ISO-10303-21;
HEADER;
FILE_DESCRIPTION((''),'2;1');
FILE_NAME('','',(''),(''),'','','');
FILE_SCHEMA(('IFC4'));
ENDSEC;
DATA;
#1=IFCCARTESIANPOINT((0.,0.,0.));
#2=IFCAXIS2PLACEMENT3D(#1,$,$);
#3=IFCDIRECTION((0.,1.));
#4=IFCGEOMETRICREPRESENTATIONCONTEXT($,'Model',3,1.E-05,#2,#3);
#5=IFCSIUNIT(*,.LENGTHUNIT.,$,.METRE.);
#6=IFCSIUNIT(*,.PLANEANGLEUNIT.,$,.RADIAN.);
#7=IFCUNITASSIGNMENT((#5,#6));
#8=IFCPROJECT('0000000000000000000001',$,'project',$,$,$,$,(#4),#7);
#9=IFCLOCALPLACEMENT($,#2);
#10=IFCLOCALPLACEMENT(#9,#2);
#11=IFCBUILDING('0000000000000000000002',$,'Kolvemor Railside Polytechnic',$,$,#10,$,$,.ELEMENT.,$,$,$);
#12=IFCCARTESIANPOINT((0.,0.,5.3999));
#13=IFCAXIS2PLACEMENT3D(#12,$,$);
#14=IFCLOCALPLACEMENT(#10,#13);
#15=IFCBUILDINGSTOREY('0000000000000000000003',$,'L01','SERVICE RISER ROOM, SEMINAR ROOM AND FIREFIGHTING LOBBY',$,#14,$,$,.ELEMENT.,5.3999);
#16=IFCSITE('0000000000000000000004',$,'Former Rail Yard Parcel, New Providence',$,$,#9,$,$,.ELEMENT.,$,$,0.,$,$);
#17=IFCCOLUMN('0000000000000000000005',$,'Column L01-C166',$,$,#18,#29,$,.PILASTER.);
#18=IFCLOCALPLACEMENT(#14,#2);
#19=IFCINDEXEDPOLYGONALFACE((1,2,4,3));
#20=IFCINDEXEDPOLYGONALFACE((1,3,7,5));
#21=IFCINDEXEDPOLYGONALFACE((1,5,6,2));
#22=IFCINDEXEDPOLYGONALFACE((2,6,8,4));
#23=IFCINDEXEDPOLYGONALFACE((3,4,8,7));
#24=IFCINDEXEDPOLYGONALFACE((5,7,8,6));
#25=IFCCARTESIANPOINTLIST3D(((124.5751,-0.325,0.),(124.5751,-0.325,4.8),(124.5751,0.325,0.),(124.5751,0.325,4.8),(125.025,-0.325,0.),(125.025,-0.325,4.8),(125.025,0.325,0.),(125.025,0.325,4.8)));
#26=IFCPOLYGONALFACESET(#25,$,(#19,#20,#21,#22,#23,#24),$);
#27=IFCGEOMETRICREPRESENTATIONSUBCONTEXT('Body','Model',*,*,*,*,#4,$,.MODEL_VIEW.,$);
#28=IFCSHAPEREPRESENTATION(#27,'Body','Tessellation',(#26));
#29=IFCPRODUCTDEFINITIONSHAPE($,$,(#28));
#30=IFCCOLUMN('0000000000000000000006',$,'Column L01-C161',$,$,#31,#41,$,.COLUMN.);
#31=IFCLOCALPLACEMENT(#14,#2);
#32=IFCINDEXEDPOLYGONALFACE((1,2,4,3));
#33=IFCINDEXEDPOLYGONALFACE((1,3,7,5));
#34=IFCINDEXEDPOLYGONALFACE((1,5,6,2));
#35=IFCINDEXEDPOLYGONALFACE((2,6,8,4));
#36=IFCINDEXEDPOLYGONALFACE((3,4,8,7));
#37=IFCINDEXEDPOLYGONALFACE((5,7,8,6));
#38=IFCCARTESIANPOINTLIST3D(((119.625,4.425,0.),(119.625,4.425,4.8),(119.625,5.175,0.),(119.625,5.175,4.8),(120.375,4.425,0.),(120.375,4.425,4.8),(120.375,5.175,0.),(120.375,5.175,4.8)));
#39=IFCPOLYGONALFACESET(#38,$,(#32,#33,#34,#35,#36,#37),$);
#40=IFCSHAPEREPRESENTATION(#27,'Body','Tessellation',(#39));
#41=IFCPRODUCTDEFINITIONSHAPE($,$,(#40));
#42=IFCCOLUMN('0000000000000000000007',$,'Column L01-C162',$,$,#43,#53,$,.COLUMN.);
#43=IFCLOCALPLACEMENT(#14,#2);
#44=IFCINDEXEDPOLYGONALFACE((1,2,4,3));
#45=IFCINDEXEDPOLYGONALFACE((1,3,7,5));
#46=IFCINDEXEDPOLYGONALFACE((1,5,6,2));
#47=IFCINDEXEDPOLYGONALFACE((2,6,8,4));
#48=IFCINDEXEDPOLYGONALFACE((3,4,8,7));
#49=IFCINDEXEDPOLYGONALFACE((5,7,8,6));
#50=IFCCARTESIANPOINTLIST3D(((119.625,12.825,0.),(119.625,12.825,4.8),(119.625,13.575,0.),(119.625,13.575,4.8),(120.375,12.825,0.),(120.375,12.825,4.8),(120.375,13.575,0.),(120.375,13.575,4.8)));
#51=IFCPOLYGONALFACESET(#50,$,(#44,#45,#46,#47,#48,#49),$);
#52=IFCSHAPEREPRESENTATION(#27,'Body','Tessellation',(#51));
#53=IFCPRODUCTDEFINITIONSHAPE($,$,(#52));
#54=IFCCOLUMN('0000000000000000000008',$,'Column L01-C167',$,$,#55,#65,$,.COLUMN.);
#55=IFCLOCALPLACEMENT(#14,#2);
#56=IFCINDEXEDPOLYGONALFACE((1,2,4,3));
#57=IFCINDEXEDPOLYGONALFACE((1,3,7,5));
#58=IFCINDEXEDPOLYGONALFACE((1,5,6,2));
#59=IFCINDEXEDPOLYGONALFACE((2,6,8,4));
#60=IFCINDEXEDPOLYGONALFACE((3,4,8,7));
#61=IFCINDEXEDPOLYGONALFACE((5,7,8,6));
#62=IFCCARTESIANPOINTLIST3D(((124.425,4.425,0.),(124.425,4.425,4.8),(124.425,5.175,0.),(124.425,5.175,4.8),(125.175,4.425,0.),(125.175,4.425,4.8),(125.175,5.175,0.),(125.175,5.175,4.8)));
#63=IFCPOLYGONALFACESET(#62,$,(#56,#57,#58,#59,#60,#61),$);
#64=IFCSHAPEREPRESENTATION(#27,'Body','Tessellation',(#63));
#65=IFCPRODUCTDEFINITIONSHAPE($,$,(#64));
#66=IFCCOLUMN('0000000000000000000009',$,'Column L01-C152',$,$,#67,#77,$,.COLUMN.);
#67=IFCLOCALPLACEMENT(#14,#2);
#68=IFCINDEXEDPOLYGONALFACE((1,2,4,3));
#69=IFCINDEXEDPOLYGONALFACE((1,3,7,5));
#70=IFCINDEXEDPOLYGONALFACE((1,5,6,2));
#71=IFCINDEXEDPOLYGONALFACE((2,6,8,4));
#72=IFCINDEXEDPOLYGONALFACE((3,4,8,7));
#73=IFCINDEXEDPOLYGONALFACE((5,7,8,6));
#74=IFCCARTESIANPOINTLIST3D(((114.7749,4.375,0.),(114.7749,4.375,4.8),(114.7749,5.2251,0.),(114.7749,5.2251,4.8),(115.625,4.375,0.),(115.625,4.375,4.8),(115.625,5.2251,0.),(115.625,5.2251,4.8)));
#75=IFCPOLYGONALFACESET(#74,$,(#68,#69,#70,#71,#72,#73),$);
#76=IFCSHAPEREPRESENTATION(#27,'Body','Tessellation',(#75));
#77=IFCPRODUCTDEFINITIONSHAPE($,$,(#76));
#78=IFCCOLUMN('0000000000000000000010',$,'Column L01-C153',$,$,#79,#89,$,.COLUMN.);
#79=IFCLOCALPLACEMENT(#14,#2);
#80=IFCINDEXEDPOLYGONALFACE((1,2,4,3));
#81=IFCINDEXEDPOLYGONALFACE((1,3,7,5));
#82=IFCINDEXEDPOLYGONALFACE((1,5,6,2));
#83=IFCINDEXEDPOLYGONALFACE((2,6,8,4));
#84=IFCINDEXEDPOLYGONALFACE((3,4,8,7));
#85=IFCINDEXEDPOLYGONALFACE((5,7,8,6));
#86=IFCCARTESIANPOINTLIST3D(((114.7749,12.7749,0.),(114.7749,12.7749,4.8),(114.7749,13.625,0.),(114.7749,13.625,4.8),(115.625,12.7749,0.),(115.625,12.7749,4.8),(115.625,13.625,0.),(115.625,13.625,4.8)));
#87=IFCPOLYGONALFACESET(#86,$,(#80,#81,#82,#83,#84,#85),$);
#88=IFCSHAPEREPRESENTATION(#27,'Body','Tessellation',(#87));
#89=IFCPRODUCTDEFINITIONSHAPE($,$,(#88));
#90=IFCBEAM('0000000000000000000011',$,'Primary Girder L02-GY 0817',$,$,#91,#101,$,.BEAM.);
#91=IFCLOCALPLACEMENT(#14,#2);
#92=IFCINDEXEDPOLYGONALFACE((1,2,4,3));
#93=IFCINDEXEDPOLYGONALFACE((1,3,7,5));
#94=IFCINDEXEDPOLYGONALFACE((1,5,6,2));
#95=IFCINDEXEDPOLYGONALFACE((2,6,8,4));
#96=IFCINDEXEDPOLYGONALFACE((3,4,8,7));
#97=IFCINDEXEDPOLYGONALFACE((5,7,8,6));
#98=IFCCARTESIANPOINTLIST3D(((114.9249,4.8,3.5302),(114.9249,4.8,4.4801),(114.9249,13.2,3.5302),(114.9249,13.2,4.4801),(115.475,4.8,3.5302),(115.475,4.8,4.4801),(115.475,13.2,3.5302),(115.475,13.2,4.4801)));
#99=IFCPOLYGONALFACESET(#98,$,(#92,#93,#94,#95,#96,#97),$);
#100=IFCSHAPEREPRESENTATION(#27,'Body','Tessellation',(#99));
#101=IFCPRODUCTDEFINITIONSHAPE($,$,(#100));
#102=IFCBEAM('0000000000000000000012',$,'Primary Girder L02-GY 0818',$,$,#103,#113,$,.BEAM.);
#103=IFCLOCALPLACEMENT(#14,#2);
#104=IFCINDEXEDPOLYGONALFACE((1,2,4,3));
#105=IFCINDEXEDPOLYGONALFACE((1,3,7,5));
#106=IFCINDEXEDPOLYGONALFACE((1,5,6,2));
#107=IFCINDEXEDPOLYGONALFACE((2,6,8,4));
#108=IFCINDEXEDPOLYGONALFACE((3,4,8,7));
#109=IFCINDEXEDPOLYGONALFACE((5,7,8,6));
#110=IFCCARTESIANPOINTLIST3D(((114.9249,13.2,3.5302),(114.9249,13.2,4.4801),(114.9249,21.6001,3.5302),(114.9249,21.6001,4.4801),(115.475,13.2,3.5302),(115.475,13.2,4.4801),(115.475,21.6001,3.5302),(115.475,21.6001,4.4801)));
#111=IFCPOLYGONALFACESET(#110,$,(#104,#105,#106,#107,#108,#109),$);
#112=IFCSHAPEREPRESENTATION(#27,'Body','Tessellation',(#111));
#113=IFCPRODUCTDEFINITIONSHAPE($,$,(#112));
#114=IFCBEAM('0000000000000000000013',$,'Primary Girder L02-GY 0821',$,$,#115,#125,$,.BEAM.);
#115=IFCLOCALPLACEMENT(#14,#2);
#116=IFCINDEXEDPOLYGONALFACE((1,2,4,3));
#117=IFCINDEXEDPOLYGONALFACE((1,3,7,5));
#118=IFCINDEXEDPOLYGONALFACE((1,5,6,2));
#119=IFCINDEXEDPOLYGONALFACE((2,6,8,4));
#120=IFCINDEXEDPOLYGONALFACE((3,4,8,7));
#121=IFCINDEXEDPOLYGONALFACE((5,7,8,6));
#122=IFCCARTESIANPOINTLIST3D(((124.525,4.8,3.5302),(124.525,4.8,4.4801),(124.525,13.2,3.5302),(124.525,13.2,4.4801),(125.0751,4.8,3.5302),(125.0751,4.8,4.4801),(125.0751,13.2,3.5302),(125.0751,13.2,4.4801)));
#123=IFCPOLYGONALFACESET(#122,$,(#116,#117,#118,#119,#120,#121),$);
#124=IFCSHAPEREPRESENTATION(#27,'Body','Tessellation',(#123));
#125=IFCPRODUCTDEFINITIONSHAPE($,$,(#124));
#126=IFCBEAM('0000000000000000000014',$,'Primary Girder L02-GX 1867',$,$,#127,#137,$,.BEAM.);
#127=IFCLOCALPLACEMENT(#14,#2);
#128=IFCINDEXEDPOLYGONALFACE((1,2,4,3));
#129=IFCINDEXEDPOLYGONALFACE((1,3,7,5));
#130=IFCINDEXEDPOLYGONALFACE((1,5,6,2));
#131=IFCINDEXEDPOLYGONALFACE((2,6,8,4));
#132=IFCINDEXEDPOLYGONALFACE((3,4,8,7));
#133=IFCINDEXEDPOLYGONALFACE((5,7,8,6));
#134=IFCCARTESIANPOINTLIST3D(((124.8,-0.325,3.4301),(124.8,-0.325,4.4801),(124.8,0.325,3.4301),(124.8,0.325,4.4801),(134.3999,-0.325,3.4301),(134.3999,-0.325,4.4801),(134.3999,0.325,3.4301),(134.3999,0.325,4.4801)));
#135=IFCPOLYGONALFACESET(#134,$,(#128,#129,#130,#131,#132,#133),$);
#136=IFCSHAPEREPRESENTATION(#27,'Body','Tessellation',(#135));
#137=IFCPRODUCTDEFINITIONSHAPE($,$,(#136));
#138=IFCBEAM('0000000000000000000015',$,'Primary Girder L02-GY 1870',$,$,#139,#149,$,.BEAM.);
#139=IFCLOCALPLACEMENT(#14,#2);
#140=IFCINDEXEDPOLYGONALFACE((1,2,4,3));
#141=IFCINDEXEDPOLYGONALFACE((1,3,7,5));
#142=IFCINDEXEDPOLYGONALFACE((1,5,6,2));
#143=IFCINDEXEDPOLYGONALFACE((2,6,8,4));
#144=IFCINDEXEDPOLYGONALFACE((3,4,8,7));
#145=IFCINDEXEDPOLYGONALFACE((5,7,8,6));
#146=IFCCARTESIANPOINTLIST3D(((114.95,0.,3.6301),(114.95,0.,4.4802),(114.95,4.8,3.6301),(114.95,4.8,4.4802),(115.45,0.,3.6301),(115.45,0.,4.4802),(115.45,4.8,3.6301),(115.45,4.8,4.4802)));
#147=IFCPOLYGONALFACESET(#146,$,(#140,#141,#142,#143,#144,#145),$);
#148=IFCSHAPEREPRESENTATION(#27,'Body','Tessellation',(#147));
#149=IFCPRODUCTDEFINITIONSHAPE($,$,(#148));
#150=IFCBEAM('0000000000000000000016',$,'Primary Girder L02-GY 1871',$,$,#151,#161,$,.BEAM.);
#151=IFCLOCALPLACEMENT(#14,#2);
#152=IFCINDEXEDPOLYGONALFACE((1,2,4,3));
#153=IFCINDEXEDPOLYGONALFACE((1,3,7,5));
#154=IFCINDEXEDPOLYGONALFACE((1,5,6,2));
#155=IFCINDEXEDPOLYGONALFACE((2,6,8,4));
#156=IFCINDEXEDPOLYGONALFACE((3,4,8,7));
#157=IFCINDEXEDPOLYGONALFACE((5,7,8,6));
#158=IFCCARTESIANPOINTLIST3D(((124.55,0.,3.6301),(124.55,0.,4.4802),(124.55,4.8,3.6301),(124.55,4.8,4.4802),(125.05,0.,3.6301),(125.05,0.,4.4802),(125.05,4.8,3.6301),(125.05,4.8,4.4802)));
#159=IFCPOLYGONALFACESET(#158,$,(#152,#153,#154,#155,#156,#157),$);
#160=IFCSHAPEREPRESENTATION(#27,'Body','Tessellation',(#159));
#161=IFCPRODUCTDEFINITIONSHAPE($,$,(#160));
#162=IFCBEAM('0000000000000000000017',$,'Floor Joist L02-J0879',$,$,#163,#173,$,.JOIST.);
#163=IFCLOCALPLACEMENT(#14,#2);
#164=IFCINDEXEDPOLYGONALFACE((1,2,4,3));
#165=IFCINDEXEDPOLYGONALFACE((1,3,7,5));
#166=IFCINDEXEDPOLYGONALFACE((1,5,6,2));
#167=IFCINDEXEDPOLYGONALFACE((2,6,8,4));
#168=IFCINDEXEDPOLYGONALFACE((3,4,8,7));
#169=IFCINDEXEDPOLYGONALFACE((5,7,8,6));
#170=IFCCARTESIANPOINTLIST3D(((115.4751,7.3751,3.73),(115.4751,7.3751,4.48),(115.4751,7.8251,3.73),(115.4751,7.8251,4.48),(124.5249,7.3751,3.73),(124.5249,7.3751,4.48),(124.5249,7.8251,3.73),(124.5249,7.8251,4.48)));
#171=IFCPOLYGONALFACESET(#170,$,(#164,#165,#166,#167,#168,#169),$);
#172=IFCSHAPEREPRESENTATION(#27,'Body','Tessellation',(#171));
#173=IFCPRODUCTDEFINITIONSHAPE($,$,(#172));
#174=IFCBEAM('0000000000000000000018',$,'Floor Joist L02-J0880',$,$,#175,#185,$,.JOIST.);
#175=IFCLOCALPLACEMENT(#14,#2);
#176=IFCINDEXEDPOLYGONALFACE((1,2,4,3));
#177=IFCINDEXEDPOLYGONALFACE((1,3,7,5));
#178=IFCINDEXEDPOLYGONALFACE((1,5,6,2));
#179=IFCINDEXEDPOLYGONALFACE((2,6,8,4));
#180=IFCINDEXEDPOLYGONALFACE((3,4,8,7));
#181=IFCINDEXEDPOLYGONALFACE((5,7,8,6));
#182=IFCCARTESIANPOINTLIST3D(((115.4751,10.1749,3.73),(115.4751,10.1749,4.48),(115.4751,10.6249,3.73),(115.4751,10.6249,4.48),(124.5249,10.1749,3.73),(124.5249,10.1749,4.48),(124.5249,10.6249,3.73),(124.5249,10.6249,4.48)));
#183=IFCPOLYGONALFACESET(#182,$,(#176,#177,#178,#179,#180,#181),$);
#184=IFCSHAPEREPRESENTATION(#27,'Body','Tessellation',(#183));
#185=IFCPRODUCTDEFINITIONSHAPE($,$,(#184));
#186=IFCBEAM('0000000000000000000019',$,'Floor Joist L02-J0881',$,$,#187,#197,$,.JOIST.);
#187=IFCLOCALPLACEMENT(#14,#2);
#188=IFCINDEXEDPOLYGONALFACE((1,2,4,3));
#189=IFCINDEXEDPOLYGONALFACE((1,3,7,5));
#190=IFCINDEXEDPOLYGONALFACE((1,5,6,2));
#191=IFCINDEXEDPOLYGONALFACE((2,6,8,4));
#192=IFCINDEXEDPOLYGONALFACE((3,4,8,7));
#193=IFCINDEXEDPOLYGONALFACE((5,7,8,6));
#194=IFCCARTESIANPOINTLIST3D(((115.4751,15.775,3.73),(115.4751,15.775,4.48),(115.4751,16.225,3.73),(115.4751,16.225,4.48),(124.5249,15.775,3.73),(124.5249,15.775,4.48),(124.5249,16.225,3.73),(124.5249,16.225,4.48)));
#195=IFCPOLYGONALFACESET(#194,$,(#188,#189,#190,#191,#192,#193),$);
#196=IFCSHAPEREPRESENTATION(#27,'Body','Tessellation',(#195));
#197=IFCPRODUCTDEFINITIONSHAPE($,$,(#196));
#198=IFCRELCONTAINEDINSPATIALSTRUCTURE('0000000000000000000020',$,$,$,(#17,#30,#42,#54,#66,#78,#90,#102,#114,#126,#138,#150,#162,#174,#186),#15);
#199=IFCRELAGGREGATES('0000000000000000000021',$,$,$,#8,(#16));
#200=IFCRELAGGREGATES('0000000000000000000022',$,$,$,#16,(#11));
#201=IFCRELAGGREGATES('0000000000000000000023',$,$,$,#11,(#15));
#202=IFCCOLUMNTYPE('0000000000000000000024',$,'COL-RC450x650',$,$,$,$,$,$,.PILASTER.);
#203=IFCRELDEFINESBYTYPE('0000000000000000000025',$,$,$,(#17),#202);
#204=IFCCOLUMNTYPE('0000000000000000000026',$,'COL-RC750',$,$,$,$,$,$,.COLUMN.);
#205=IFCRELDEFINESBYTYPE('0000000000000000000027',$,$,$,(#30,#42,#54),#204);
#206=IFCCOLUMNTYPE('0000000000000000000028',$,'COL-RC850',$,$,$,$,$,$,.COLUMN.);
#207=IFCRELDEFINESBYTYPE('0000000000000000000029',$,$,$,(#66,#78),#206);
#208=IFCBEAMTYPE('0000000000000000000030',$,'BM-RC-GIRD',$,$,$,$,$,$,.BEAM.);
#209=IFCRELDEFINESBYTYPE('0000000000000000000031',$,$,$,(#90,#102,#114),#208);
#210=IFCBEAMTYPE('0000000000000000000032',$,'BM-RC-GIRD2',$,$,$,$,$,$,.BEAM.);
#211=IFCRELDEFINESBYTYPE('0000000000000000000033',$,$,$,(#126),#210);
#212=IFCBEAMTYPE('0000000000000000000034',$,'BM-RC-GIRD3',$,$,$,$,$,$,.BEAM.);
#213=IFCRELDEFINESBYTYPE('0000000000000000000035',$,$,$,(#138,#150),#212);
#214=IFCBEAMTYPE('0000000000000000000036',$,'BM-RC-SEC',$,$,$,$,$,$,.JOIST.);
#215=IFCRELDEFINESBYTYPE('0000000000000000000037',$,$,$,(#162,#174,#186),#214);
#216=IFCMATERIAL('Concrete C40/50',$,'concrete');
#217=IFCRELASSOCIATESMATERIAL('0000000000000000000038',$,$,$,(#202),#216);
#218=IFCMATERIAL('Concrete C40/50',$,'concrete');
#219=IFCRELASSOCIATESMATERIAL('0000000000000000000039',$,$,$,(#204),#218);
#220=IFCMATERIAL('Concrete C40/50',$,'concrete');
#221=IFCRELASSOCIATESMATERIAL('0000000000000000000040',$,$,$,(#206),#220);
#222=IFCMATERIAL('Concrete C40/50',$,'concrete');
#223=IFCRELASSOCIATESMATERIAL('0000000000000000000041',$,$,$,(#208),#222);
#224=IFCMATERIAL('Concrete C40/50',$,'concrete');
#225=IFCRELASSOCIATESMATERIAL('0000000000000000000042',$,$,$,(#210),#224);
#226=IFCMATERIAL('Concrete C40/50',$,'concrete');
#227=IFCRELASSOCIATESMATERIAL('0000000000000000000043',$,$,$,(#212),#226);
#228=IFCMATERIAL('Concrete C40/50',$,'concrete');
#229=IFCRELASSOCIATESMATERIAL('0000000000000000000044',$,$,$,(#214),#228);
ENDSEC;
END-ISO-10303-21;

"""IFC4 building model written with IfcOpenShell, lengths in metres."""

from ifc_helpers import new_model, si_unit, direction, frame, origin, origin_2d, place, context, subcontext, project, spatial, rectangle, extrude, material, material_profile, profile_set, type_object, element, save


model = new_model("IFC4")

# Units and contexts
model_context = context("Model", 3, precision=1e-05, world=origin(), true_north=direction((0.0, 1.0)))
body_context = subcontext(model_context, "Body", "Model", "MODEL_VIEW")
ifc_project = project(units=[si_unit("LENGTHUNIT", "METRE"), si_unit("PLANEANGLEUNIT", "RADIAN")], contexts=[model_context])

# Site, building, storey
site_placement = place(None, origin())
site = spatial("IfcSite", under=ifc_project, at=site_placement, Name="Former Rail Yard Parcel, New Providence", CompositionType="ELEMENT", RefElevation=0.0)
building_placement = place(site_placement, origin())
building = spatial("IfcBuilding", under=site, at=building_placement, Name="Kolvemor Railside Polytechnic", CompositionType="ELEMENT")
storey_placement = place(building_placement, frame((0.0, 0.0, 5.3999)))
storey = spatial("IfcBuildingStorey", under=building, at=storey_placement, Name="L01", Description="SERVICE RISER ROOM, SEMINAR ROOM AND FIREFIGHTING LOBBY", CompositionType="ELEMENT", Elevation=5.3999)

# Columns
ifc_material_1 = material(Name="Concrete C40/50", Category="concrete")
ifc_material_profile_1 = material_profile(ifc_material_1, rectangle(XDim=0.45, YDim=0.6499, at=origin_2d()), Name="RC450x650")
ifc_profile_set_1 = profile_set([ifc_material_profile_1], Name="Concrete C40/50")
column_type_1 = type_object("IfcColumnType", Name="COL-RC450x650", PredefinedType="PILASTER", material=ifc_profile_set_1)
column_placement = place(storey_placement, frame((124.8, 0.0, 0.0), z_axis=(0.0, 0.0, 1.0), x_axis=(1.0, 0.0, 0.0)))
element("IfcColumn", 1, at=column_placement, inside=storey, type_object=column_type_1, Name="Column L01-C166", PredefinedType="PILASTER", context=body_context, shape_type="SweptSolid", body=[
    extrude(rectangle(XDim=0.45, YDim=0.6499, at=origin_2d()), origin(), (0.0, 0.0, 1.0), 4.8),
])
ifc_material_2 = material(Name="Concrete C40/50", Category="concrete")
ifc_material_profile_2 = material_profile(ifc_material_2, rectangle(XDim=0.75, YDim=0.75, at=origin_2d()), Name="RC750x750")
ifc_profile_set_2 = profile_set([ifc_material_profile_2], Name="Concrete C40/50")
column_type_2 = type_object("IfcColumnType", Name="COL-RC750", PredefinedType="COLUMN", material=ifc_profile_set_2)
for number, where, z_axis, x_axis, name in (
    (2, (120.0, 4.8, 0.0), (0.0, 0.0, 1.0), (1.0, 0.0, 0.0), "Column L01-C161"),
    (3, (120.0, 13.2, 0.0), (0.0, 0.0, 1.0), (1.0, 0.0, 0.0), "Column L01-C162"),
    (4, (124.8, 4.8, 0.0), (0.0, 0.0, 1.0), (1.0, 0.0, 0.0), "Column L01-C167"),
):
    element("IfcColumn", number, at=place(storey_placement, frame(where, z_axis=z_axis, x_axis=x_axis)), inside=storey, type_object=column_type_2, Name=name, PredefinedType="COLUMN", context=body_context, shape_type="SweptSolid", body=[
        extrude(rectangle(XDim=0.75, YDim=0.75, at=origin_2d()), origin(), (0.0, 0.0, 1.0), 4.8),
    ])
ifc_material_3 = material(Name="Concrete C40/50", Category="concrete")
ifc_material_profile_3 = material_profile(ifc_material_3, rectangle(XDim=0.8501, YDim=0.8501, at=origin_2d()), Name="RC850x850")
ifc_profile_set_3 = profile_set([ifc_material_profile_3], Name="Concrete C40/50")
column_type_3 = type_object("IfcColumnType", Name="COL-RC850", PredefinedType="COLUMN", material=ifc_profile_set_3)
for number, where, z_axis, x_axis, name in (
    (5, (115.2, 4.8, 0.0), (0.0, 0.0, 1.0), (1.0, 0.0, 0.0), "Column L01-C152"),
    (6, (115.2, 13.2, 0.0), (0.0, 0.0, 1.0), (1.0, 0.0, 0.0), "Column L01-C153"),
):
    element("IfcColumn", number, at=place(storey_placement, frame(where, z_axis=z_axis, x_axis=x_axis)), inside=storey, type_object=column_type_3, Name=name, PredefinedType="COLUMN", context=body_context, shape_type="SweptSolid", body=[
        extrude(rectangle(XDim=0.8501, YDim=0.8501, at=origin_2d()), origin(), (0.0, 0.0, 1.0), 4.8),
    ])

# Beams
ifc_material_4 = material(Name="Concrete C40/50", Category="concrete")
ifc_material_profile_4 = material_profile(ifc_material_4, rectangle(XDim=0.55, YDim=0.95, at=origin_2d()), Name="RC550x950")
ifc_profile_set_4 = profile_set([ifc_material_profile_4], Name="Concrete C40/50")
beam_type_1 = type_object("IfcBeamType", Name="BM-RC-GIRD", PredefinedType="BEAM", material=ifc_profile_set_4)
beam_1_placement = place(storey_placement, frame((115.2, 4.8, 4.0051), z_axis=(0.0, 1.0, 0.0), x_axis=(-1.0, 0.0, 0.0)))
element("IfcBeam", 7, at=beam_1_placement, inside=storey, type_object=beam_type_1, Name="Primary Girder L02-GY 0817", PredefinedType="BEAM", context=body_context, shape_type="SweptSolid", body=[
    extrude(rectangle(XDim=0.55, YDim=0.95, at=origin_2d()), origin(), (0.0, 0.0, 1.0), 8.3999),
])
beam_2_placement = place(storey_placement, frame((115.2, 13.2, 4.0051), z_axis=(0.0, 1.0, 0.0), x_axis=(-1.0, 0.0, 0.0)))
element("IfcBeam", 8, at=beam_2_placement, inside=storey, type_object=beam_type_1, Name="Primary Girder L02-GY 0818", PredefinedType="BEAM", context=body_context, shape_type="SweptSolid", body=[
    extrude(rectangle(XDim=0.55, YDim=0.95, at=origin_2d()), origin(), (0.0, 0.0, 1.0), 8.4001),
])
beam_3_placement = place(storey_placement, frame((124.8, 4.8, 4.0051), z_axis=(0.0, 1.0, 0.0), x_axis=(-1.0, 0.0, 0.0)))
element("IfcBeam", 9, at=beam_3_placement, inside=storey, type_object=beam_type_1, Name="Primary Girder L02-GY 0821", PredefinedType="BEAM", context=body_context, shape_type="SweptSolid", body=[
    extrude(rectangle(XDim=0.55, YDim=0.95, at=origin_2d()), origin(), (0.0, 0.0, 1.0), 8.3999),
])
ifc_material_5 = material(Name="Concrete C40/50", Category="concrete")
ifc_material_profile_5 = material_profile(ifc_material_5, rectangle(XDim=0.6499, YDim=1.05, at=origin_2d()), Name="RC650x1050")
ifc_profile_set_5 = profile_set([ifc_material_profile_5], Name="Concrete C40/50")
beam_type_2 = type_object("IfcBeamType", Name="BM-RC-GIRD2", PredefinedType="BEAM", material=ifc_profile_set_5)
beam_4_placement = place(storey_placement, frame((124.8, 0.0, 3.9551), z_axis=(1.0, 0.0, 0.0), x_axis=(0.0, 1.0, 0.0)))
element("IfcBeam", 10, at=beam_4_placement, inside=storey, type_object=beam_type_2, Name="Primary Girder L02-GX 1867", PredefinedType="BEAM", context=body_context, shape_type="SweptSolid", body=[
    extrude(rectangle(XDim=0.6499, YDim=1.05, at=origin_2d()), origin(), (0.0, 0.0, 1.0), 9.5999),
])
ifc_material_6 = material(Name="Concrete C40/50", Category="concrete")
ifc_material_profile_6 = material_profile(ifc_material_6, rectangle(XDim=0.5, YDim=0.8501, at=origin_2d()), Name="RC500x850")
ifc_profile_set_6 = profile_set([ifc_material_profile_6], Name="Concrete C40/50")
beam_type_3 = type_object("IfcBeamType", Name="BM-RC-GIRD3", PredefinedType="BEAM", material=ifc_profile_set_6)
for number, where, z_axis, x_axis, name in (
    (11, (115.2, 0.0, 4.0552), (0.0, 1.0, 0.0), (-1.0, 0.0, 0.0), "Primary Girder L02-GY 1870"),
    (12, (124.8, 0.0, 4.0552), (0.0, 1.0, 0.0), (-1.0, 0.0, 0.0), "Primary Girder L02-GY 1871"),
):
    element("IfcBeam", number, at=place(storey_placement, frame(where, z_axis=z_axis, x_axis=x_axis)), inside=storey, type_object=beam_type_3, Name=name, PredefinedType="BEAM", context=body_context, shape_type="SweptSolid", body=[
        extrude(rectangle(XDim=0.5, YDim=0.8501, at=origin_2d()), origin(), (0.0, 0.0, 1.0), 4.8),
    ])
ifc_material_7 = material(Name="Concrete C40/50", Category="concrete")
ifc_material_profile_7 = material_profile(ifc_material_7, rectangle(XDim=0.45, YDim=0.75, at=origin_2d()), Name="RC450x750")
ifc_profile_set_7 = profile_set([ifc_material_profile_7], Name="Concrete C40/50")
beam_type_4 = type_object("IfcBeamType", Name="BM-RC-SEC", PredefinedType="JOIST", material=ifc_profile_set_7)
for number, where, z_axis, x_axis, name in (
    (13, (115.4751, 7.6001, 4.105), (1.0, 0.0, 0.0), (0.0, 1.0, 0.0), "Floor Joist L02-J0879"),
    (14, (115.4751, 10.3999, 4.105), (1.0, 0.0, 0.0), (0.0, 1.0, 0.0), "Floor Joist L02-J0880"),
    (15, (115.4751, 16.0, 4.105), (1.0, 0.0, 0.0), (0.0, 1.0, 0.0), "Floor Joist L02-J0881"),
):
    element("IfcBeam", number, at=place(storey_placement, frame(where, z_axis=z_axis, x_axis=x_axis)), inside=storey, type_object=beam_type_4, Name=name, PredefinedType="JOIST", context=body_context, shape_type="SweptSolid", body=[
        extrude(rectangle(XDim=0.45, YDim=0.75, at=origin_2d()), origin(), (0.0, 0.0, 1.0), 9.0498),
    ])

save(model, "model.ifc")
